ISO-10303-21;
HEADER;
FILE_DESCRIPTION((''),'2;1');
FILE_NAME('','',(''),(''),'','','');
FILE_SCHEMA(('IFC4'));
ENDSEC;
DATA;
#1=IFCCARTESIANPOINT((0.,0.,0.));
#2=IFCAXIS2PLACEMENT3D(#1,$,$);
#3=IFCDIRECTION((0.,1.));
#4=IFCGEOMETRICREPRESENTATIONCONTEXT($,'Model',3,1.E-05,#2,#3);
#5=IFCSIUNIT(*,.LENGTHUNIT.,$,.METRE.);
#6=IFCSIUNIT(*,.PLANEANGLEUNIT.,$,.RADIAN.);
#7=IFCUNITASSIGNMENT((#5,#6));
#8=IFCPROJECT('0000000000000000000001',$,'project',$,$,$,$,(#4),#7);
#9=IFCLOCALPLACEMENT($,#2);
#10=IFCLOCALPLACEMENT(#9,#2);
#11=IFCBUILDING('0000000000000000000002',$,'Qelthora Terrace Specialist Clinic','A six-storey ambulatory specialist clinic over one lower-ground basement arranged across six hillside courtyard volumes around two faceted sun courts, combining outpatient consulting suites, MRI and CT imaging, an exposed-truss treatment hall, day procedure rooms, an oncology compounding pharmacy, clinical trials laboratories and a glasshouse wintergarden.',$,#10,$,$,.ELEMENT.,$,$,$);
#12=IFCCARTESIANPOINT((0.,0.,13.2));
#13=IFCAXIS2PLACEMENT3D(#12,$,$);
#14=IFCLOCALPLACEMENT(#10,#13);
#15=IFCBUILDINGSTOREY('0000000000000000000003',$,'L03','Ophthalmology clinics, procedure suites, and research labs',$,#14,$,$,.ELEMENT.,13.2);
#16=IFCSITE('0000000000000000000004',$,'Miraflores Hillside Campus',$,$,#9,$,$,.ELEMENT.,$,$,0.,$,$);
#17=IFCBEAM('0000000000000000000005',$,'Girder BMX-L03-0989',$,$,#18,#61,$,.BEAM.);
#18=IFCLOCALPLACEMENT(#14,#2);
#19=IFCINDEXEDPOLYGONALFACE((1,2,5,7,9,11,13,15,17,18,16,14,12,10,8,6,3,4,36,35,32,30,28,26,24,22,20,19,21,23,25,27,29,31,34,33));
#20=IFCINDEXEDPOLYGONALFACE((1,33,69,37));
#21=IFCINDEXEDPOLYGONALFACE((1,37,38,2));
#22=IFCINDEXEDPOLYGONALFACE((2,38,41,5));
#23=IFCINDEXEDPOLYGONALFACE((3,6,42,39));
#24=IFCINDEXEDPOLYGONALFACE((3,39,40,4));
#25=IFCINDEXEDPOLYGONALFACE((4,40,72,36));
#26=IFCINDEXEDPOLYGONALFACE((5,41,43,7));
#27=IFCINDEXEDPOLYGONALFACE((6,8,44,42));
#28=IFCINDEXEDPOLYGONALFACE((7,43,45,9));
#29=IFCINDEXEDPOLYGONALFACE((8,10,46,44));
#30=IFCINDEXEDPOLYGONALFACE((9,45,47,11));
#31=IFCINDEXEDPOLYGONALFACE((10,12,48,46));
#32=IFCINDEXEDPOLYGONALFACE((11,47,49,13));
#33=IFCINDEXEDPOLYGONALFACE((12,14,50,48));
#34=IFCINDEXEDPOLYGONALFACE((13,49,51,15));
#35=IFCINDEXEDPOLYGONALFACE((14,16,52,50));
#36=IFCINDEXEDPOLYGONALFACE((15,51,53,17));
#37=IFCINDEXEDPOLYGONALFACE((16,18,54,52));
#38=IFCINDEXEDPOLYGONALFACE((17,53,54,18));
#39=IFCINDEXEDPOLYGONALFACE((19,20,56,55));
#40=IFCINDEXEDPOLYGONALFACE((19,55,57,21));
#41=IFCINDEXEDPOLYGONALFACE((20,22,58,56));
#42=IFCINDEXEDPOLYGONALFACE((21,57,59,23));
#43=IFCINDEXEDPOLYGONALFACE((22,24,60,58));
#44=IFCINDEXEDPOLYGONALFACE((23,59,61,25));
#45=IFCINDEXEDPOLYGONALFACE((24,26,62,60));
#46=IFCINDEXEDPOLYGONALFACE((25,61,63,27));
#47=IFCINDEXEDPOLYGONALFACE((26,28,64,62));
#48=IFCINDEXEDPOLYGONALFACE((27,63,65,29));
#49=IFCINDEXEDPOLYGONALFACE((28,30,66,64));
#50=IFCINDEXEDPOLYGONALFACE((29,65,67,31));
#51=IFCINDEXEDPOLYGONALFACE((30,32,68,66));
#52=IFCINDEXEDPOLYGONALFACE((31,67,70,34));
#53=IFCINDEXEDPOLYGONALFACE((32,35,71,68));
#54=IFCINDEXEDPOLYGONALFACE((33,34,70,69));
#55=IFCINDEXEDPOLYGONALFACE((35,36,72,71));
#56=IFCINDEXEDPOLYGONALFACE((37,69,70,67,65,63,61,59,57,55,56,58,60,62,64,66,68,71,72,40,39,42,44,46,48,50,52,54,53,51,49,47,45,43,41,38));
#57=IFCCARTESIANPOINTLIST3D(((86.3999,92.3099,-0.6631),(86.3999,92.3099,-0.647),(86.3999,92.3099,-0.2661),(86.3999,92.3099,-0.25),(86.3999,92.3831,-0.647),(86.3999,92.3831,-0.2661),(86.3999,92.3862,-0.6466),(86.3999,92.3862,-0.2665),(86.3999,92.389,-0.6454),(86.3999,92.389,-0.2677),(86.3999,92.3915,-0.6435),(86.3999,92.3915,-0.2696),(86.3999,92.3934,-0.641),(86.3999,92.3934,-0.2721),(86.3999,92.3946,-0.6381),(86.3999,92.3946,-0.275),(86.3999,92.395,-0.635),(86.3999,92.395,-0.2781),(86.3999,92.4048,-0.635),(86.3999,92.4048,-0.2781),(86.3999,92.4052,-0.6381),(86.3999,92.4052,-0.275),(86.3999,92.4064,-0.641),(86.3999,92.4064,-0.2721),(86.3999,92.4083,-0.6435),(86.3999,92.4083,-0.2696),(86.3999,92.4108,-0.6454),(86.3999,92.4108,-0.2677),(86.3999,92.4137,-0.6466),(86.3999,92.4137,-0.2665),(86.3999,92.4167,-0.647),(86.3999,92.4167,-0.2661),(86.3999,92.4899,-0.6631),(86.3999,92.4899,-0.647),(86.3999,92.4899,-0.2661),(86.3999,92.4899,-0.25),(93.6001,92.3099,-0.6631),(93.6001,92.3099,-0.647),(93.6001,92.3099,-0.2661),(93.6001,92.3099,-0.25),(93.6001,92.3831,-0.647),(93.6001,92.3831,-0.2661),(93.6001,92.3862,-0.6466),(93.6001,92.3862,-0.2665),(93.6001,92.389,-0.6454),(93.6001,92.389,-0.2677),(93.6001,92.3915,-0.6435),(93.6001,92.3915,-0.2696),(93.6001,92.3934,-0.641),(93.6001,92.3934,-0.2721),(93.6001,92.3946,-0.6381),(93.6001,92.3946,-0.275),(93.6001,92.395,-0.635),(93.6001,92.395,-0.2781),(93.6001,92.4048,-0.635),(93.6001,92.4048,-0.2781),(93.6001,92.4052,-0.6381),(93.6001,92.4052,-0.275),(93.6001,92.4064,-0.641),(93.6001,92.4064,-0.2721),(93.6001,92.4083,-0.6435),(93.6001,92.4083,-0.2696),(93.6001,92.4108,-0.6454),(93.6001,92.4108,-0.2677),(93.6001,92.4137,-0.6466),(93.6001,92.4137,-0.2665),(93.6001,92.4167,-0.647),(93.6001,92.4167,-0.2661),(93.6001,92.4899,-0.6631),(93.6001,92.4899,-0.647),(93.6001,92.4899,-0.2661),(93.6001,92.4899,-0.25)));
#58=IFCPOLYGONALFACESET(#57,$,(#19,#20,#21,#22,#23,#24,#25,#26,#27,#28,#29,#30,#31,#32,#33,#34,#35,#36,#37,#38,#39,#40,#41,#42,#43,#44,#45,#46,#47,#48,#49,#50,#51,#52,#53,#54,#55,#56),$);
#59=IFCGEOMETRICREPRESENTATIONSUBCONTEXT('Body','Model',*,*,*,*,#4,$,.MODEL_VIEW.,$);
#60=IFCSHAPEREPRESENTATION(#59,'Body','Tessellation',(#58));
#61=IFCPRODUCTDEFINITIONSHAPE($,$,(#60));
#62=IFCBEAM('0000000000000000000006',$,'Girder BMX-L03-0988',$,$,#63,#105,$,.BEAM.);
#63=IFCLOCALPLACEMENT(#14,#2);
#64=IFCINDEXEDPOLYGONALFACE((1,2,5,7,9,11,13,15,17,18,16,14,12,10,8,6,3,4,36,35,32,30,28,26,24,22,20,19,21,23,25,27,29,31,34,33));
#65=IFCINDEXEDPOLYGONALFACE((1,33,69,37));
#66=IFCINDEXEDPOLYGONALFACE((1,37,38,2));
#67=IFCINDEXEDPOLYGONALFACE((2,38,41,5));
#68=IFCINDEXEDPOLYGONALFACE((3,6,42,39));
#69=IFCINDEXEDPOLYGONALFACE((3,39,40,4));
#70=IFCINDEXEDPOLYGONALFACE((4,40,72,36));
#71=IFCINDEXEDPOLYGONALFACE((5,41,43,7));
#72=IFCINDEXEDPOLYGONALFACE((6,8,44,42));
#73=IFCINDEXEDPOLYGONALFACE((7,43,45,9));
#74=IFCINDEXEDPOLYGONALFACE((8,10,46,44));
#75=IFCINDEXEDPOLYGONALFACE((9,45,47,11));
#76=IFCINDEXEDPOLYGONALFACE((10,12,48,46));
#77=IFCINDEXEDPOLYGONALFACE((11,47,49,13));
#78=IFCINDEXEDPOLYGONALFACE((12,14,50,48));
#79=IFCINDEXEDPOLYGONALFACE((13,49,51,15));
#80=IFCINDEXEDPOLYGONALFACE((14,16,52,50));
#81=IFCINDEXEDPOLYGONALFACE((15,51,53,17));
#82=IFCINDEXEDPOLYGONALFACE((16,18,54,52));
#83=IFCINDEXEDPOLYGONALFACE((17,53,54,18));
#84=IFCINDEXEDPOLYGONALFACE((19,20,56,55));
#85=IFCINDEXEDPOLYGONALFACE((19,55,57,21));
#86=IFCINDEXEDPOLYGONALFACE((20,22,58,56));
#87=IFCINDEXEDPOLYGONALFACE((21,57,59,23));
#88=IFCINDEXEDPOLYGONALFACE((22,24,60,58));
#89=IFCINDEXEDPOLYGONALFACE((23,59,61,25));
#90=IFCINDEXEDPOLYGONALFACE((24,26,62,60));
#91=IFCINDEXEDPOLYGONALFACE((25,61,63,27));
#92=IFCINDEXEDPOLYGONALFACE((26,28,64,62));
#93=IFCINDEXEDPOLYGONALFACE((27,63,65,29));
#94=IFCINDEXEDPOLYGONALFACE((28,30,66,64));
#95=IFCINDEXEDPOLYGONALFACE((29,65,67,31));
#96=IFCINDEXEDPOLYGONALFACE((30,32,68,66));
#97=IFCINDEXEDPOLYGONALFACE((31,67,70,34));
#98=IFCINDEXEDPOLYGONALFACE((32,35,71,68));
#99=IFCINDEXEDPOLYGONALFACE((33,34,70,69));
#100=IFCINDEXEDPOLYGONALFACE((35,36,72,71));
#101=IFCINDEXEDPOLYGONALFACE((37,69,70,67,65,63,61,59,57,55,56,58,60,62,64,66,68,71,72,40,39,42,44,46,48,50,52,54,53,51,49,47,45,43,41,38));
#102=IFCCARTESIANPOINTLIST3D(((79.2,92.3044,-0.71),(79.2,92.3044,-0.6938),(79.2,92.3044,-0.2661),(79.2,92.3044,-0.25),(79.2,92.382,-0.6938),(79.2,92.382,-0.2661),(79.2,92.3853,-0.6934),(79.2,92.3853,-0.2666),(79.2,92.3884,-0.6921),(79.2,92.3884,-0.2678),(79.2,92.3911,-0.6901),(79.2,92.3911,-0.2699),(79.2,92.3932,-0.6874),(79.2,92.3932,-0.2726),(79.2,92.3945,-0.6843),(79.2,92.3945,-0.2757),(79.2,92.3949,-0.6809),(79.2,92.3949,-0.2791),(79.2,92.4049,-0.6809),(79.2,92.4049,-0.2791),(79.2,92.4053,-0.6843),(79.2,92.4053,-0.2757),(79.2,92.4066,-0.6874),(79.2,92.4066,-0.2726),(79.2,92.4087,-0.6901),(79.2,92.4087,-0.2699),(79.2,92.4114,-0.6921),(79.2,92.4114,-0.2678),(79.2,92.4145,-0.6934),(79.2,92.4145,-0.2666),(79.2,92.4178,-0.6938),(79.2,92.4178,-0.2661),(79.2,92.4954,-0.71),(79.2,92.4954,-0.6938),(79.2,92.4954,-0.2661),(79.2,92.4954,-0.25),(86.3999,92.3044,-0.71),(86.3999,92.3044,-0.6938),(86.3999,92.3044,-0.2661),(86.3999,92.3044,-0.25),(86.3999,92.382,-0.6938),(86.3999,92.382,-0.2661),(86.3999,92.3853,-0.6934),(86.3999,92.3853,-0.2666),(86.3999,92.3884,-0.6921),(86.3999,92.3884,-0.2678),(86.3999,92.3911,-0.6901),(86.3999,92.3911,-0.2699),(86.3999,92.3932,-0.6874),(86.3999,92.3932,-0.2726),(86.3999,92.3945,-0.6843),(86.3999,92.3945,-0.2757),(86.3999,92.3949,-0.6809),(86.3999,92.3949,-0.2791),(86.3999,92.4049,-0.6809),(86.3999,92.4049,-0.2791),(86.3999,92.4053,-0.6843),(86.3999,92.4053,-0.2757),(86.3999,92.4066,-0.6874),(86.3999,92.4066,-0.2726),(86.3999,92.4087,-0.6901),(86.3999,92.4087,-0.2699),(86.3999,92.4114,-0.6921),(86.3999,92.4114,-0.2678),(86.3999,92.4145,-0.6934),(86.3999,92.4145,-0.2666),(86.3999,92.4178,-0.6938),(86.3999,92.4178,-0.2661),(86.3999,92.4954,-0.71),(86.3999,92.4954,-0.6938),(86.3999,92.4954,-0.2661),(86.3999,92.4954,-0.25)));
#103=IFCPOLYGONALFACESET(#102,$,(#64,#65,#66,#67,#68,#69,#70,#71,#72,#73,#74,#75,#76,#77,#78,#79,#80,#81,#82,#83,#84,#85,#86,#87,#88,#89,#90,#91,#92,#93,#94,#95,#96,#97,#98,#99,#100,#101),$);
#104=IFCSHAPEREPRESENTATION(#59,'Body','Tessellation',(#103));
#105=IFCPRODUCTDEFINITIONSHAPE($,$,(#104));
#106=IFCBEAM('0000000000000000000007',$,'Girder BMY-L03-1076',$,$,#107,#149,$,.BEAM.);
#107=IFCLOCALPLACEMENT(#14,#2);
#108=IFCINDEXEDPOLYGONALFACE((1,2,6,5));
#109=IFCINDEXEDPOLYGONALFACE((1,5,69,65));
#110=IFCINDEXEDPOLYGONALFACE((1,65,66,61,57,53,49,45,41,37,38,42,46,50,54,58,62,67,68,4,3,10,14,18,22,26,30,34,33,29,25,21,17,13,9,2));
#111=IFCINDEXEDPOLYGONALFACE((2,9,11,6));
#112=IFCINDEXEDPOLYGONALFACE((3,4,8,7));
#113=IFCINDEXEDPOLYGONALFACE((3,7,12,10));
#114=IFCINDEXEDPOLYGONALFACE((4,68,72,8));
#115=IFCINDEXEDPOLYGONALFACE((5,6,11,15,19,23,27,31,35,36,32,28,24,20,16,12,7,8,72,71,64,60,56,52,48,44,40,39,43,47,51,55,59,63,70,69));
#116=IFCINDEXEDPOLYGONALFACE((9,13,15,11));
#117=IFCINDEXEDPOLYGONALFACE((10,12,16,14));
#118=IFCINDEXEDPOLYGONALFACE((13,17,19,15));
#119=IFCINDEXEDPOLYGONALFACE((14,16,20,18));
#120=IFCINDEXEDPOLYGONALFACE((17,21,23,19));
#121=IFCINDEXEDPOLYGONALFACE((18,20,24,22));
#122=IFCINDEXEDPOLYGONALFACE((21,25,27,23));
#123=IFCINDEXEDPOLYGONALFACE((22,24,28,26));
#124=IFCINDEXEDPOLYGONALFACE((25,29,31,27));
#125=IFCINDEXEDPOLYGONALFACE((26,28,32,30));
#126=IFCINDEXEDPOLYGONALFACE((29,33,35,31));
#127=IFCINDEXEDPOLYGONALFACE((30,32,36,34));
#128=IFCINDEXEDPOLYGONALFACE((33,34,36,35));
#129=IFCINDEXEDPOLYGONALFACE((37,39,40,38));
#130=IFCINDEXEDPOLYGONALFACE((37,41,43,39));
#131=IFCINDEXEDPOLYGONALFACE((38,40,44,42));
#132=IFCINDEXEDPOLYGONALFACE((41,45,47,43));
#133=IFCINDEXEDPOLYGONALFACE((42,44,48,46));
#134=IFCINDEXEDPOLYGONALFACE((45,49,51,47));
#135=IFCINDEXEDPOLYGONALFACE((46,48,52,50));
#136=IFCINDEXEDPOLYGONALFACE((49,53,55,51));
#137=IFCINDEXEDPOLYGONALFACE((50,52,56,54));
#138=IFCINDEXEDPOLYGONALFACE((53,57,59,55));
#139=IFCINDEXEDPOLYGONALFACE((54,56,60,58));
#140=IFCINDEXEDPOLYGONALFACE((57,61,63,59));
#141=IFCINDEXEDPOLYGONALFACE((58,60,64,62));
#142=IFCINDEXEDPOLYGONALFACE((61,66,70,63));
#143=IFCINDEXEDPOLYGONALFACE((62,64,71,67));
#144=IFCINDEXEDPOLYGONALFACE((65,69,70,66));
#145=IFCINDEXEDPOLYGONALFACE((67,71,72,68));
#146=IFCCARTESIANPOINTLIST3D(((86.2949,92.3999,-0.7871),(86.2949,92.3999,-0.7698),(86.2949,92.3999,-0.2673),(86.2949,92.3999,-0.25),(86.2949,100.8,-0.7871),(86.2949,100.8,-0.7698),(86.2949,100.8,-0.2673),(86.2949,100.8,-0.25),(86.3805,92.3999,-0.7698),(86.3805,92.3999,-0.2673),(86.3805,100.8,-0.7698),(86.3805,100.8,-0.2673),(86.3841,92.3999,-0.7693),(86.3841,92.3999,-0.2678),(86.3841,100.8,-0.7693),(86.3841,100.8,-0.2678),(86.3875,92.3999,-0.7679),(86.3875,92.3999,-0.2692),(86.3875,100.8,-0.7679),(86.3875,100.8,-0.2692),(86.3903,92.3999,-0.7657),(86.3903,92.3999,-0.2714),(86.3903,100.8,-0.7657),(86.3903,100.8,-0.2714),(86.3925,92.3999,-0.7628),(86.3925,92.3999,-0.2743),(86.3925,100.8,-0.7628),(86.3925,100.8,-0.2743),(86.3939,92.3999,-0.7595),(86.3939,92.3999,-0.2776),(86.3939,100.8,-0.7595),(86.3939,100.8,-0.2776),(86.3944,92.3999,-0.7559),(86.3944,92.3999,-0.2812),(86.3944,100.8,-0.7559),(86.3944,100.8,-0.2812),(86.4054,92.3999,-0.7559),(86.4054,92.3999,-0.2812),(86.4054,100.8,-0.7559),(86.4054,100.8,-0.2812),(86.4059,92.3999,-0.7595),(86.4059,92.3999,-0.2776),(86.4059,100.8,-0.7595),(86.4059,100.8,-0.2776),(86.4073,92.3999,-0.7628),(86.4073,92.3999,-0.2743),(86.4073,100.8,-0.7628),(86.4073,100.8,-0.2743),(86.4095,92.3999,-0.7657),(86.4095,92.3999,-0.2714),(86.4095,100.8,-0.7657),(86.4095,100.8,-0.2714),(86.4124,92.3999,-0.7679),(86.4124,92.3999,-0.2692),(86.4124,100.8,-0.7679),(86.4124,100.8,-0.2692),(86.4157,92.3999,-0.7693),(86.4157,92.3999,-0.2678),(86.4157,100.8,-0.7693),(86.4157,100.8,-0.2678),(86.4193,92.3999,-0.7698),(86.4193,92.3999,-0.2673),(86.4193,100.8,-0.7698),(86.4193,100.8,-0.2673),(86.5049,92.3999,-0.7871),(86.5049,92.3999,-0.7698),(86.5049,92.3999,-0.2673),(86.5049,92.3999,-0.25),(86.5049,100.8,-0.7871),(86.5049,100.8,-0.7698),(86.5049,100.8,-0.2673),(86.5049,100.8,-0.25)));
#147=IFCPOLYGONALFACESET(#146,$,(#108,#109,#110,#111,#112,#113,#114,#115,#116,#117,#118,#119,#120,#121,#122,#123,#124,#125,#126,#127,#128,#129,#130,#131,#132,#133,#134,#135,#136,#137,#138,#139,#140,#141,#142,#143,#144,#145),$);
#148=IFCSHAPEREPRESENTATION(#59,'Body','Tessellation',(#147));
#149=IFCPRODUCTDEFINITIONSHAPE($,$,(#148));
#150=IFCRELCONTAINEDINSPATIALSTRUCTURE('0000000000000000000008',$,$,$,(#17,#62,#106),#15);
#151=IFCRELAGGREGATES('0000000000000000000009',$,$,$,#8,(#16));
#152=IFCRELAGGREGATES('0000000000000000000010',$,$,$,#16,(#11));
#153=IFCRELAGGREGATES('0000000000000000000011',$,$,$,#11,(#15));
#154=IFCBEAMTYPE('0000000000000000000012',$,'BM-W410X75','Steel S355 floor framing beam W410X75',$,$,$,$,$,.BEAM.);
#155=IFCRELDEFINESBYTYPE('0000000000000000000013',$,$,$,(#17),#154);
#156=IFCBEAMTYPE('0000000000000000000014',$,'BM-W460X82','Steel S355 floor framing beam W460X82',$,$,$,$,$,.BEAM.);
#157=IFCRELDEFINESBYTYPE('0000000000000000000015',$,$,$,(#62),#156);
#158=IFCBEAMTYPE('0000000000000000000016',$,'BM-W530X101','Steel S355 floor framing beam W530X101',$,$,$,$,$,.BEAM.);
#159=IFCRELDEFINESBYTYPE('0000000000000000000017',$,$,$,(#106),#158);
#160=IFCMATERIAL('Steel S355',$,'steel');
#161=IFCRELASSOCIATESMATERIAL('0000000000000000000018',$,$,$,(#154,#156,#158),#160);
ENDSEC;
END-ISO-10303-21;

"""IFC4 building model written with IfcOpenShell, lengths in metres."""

from ifc_helpers import new_model, si_unit, direction, frame, origin, origin_2d, place, context, subcontext, project, spatial, i_section, extrude, material, material_profile, profile_set, type_object, element, save


model = new_model("IFC4")

# Units and contexts
model_context = context("Model", 3, precision=1e-05, world=origin(), true_north=direction((0.0, 1.0)))
body_context = subcontext(model_context, "Body", "Model", "MODEL_VIEW")
ifc_project = project(units=[si_unit("LENGTHUNIT", "METRE"), si_unit("PLANEANGLEUNIT", "RADIAN")], contexts=[model_context])

# Site, building, storey
site_placement = place(None, origin())
site = spatial("IfcSite", under=ifc_project, at=site_placement, Name="Miraflores Hillside Campus", CompositionType="ELEMENT", RefElevation=0.0)
building_placement = place(site_placement, origin())
building = spatial("IfcBuilding", under=site, at=building_placement, Name="Qelthora Terrace Specialist Clinic", Description="A six-storey ambulatory specialist clinic over one lower-ground basement arranged across six hillside courtyard volumes around two faceted sun courts, combining outpatient consulting suites, MRI and CT imaging, an exposed-truss treatment hall, day procedure rooms, an oncology compounding pharmacy, clinical trials laboratories and a glasshouse wintergarden.", CompositionType="ELEMENT")
storey_placement = place(building_placement, frame((0.0, 0.0, 13.2)))
storey = spatial("IfcBuildingStorey", under=building, at=storey_placement, Name="L03", Description="Ophthalmology clinics, procedure suites, and research labs", CompositionType="ELEMENT", Elevation=13.2)

# Shared definitions
ifc_material_1 = material(Name="Steel S355", Category="steel")

# Beams
ifc_material_profile_1 = material_profile(ifc_material_1, i_section(OverallWidth=0.1799, OverallDepth=0.4131, WebThickness=0.0098, FlangeThickness=0.0161, FilletRadius=0.012, at=origin_2d()), Name="W410X75")
ifc_profile_set_1 = profile_set([ifc_material_profile_1], Name="Steel S355")
beam_type_1 = type_object("IfcBeamType", Name="BM-W410X75", Description="Steel S355 floor framing beam W410X75", PredefinedType="BEAM", material=ifc_profile_set_1)
beam_1_placement = place(storey_placement, frame((86.3999, 92.3999, -0.4565), z_axis=(1.0, 0.0, 0.0), x_axis=(0.0, 1.0, 0.0)))
element("IfcBeam", 1, at=beam_1_placement, inside=storey, type_object=beam_type_1, Name="Girder BMX-L03-0989", PredefinedType="BEAM", context=body_context, shape_type="SweptSolid", body=[
    extrude(i_section(OverallWidth=0.1799, OverallDepth=0.4131, WebThickness=0.0098, FlangeThickness=0.0161, FilletRadius=0.012, at=origin_2d()), origin(), (0.0, 0.0, 1.0), 7.2002),
])
ifc_material_profile_2 = material_profile(ifc_material_1, i_section(OverallWidth=0.1909, OverallDepth=0.46, WebThickness=0.01, FlangeThickness=0.0161, FilletRadius=0.0129, at=origin_2d()), Name="W460X82")
ifc_profile_set_2 = profile_set([ifc_material_profile_2], Name="Steel S355")
beam_type_2 = type_object("IfcBeamType", Name="BM-W460X82", Description="Steel S355 floor framing beam W460X82", PredefinedType="BEAM", material=ifc_profile_set_2)
beam_2_placement = place(storey_placement, frame((79.2, 92.3999, -0.48), z_axis=(1.0, 0.0, 0.0), x_axis=(0.0, 1.0, 0.0)))
element("IfcBeam", 2, at=beam_2_placement, inside=storey, type_object=beam_type_2, Name="Girder BMX-L03-0988", PredefinedType="BEAM", context=body_context, shape_type="SweptSolid", body=[
    extrude(i_section(OverallWidth=0.1909, OverallDepth=0.46, WebThickness=0.01, FlangeThickness=0.0161, FilletRadius=0.0129, at=origin_2d()), origin(), (0.0, 0.0, 1.0), 7.2),
])
ifc_material_profile_3 = material_profile(ifc_material_1, i_section(OverallWidth=0.21, OverallDepth=0.5371, WebThickness=0.011, FlangeThickness=0.0173, FilletRadius=0.0139, at=origin_2d()), Name="W530X101")
ifc_profile_set_3 = profile_set([ifc_material_profile_3], Name="Steel S355")
beam_type_3 = type_object("IfcBeamType", Name="BM-W530X101", Description="Steel S355 floor framing beam W530X101", PredefinedType="BEAM", material=ifc_profile_set_3)
beam_3_placement = place(storey_placement, frame((86.3999, 92.3999, -0.5186), z_axis=(0.0, 1.0, 0.0), x_axis=(-1.0, 0.0, 0.0)))
element("IfcBeam", 3, at=beam_3_placement, inside=storey, type_object=beam_type_3, Name="Girder BMY-L03-1076", PredefinedType="BEAM", context=body_context, shape_type="SweptSolid", body=[
    extrude(i_section(OverallWidth=0.21, OverallDepth=0.5371, WebThickness=0.011, FlangeThickness=0.0173, FilletRadius=0.0139, at=origin_2d()), origin(), (0.0, 0.0, 1.0), 8.4001),
])

save(model, "model.ifc")
